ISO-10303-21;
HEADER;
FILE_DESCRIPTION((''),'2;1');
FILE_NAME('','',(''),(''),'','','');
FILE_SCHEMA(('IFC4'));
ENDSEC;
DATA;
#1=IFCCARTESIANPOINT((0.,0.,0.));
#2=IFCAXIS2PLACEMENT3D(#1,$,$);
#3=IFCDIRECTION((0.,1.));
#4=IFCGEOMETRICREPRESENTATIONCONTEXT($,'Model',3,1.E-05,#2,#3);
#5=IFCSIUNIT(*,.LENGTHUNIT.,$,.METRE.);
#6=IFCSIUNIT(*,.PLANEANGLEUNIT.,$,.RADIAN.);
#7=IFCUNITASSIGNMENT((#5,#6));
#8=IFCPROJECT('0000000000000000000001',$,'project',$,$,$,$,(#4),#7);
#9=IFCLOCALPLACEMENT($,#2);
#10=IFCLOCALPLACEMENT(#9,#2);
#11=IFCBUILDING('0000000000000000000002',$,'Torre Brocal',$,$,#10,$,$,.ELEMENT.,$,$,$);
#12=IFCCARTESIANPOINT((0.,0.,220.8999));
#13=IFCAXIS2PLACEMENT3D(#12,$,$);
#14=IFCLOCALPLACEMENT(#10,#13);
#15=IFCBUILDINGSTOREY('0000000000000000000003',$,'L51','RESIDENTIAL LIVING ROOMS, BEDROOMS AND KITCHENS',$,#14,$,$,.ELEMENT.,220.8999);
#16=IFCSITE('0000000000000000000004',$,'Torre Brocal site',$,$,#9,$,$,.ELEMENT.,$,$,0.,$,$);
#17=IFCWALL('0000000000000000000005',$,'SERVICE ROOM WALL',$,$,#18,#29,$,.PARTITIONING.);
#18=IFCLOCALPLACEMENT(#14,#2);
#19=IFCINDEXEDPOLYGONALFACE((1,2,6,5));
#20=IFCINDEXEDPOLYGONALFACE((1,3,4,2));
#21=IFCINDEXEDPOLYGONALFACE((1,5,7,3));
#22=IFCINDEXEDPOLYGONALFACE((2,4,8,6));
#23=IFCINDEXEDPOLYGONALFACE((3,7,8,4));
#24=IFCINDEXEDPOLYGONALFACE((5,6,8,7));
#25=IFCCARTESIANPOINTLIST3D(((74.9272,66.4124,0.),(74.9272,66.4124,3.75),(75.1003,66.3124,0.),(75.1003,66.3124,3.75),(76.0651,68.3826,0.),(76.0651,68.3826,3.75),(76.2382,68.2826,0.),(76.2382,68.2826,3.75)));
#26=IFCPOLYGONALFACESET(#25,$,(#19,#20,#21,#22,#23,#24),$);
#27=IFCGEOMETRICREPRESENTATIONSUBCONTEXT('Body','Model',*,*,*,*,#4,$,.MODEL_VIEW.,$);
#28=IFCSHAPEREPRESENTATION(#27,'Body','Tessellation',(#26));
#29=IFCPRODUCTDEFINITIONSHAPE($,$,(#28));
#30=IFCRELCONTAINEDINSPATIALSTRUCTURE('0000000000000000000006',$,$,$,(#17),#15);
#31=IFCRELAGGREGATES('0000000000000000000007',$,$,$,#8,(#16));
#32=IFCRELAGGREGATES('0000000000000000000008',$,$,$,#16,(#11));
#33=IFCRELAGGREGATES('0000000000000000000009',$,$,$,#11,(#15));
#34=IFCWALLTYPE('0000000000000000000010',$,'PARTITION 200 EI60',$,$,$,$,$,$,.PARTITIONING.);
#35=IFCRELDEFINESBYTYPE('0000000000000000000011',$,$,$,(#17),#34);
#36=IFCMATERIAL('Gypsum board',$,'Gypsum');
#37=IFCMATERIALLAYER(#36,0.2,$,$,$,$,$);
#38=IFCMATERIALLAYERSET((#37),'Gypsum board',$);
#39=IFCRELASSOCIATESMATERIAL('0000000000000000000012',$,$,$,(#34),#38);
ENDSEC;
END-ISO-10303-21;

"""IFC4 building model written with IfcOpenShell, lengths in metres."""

from ifc_helpers import new_model, si_unit, direction, frame, frame_2d, origin, place, context, subcontext, project, spatial, rectangle, extrude, material, layer, layer_set, type_object, element, save


model = new_model("IFC4")

# Units and contexts
model_context = context("Model", 3, precision=1e-05, world=origin(), true_north=direction((0.0, 1.0)))
body_context = subcontext(model_context, "Body", "Model", "MODEL_VIEW")
ifc_project = project(units=[si_unit("LENGTHUNIT", "METRE"), si_unit("PLANEANGLEUNIT", "RADIAN")], contexts=[model_context])

# Site, building, storey
site_placement = place(None, origin())
site = spatial("IfcSite", under=ifc_project, at=site_placement, Name="Torre Brocal site", CompositionType="ELEMENT", RefElevation=0.0)
building_placement = place(site_placement, origin())
building = spatial("IfcBuilding", under=site, at=building_placement, Name="Torre Brocal", CompositionType="ELEMENT")
storey_placement = place(building_placement, frame((0.0, 0.0, 220.8999)))
storey = spatial("IfcBuildingStorey", under=building, at=storey_placement, Name="L51", Description="RESIDENTIAL LIVING ROOMS, BEDROOMS AND KITCHENS", CompositionType="ELEMENT", Elevation=220.8999)

# Shared definitions
ifc_material_1 = material(Name="Gypsum board", Category="Gypsum")
ifc_layer_1 = layer(ifc_material_1, 0.2)
ifc_layer_set_1 = layer_set([ifc_layer_1], Name="Gypsum board")
wall_type_1 = type_object("IfcWallType", Name="PARTITION 200 EI60", PredefinedType="PARTITIONING", material=ifc_layer_set_1)

# Wall
wall_1_placement = place(storey_placement, frame((75.0137, 66.3623, 0.0), z_axis=(0.0, 0.0, 1.0), x_axis=(0.500144, 0.865943, 0.0)))
element("IfcWall", 1, at=wall_1_placement, inside=storey, type_object=wall_type_1, Name="SERVICE ROOM WALL", PredefinedType="PARTITIONING", context=body_context, shape_type="SweptSolid", body=[
    extrude(rectangle(XDim=2.2751, YDim=0.2, at=frame_2d((1.1377, 0.0))), origin(), (0.0, 0.0, 1.0), 3.75),
])

save(model, "model.ifc")
